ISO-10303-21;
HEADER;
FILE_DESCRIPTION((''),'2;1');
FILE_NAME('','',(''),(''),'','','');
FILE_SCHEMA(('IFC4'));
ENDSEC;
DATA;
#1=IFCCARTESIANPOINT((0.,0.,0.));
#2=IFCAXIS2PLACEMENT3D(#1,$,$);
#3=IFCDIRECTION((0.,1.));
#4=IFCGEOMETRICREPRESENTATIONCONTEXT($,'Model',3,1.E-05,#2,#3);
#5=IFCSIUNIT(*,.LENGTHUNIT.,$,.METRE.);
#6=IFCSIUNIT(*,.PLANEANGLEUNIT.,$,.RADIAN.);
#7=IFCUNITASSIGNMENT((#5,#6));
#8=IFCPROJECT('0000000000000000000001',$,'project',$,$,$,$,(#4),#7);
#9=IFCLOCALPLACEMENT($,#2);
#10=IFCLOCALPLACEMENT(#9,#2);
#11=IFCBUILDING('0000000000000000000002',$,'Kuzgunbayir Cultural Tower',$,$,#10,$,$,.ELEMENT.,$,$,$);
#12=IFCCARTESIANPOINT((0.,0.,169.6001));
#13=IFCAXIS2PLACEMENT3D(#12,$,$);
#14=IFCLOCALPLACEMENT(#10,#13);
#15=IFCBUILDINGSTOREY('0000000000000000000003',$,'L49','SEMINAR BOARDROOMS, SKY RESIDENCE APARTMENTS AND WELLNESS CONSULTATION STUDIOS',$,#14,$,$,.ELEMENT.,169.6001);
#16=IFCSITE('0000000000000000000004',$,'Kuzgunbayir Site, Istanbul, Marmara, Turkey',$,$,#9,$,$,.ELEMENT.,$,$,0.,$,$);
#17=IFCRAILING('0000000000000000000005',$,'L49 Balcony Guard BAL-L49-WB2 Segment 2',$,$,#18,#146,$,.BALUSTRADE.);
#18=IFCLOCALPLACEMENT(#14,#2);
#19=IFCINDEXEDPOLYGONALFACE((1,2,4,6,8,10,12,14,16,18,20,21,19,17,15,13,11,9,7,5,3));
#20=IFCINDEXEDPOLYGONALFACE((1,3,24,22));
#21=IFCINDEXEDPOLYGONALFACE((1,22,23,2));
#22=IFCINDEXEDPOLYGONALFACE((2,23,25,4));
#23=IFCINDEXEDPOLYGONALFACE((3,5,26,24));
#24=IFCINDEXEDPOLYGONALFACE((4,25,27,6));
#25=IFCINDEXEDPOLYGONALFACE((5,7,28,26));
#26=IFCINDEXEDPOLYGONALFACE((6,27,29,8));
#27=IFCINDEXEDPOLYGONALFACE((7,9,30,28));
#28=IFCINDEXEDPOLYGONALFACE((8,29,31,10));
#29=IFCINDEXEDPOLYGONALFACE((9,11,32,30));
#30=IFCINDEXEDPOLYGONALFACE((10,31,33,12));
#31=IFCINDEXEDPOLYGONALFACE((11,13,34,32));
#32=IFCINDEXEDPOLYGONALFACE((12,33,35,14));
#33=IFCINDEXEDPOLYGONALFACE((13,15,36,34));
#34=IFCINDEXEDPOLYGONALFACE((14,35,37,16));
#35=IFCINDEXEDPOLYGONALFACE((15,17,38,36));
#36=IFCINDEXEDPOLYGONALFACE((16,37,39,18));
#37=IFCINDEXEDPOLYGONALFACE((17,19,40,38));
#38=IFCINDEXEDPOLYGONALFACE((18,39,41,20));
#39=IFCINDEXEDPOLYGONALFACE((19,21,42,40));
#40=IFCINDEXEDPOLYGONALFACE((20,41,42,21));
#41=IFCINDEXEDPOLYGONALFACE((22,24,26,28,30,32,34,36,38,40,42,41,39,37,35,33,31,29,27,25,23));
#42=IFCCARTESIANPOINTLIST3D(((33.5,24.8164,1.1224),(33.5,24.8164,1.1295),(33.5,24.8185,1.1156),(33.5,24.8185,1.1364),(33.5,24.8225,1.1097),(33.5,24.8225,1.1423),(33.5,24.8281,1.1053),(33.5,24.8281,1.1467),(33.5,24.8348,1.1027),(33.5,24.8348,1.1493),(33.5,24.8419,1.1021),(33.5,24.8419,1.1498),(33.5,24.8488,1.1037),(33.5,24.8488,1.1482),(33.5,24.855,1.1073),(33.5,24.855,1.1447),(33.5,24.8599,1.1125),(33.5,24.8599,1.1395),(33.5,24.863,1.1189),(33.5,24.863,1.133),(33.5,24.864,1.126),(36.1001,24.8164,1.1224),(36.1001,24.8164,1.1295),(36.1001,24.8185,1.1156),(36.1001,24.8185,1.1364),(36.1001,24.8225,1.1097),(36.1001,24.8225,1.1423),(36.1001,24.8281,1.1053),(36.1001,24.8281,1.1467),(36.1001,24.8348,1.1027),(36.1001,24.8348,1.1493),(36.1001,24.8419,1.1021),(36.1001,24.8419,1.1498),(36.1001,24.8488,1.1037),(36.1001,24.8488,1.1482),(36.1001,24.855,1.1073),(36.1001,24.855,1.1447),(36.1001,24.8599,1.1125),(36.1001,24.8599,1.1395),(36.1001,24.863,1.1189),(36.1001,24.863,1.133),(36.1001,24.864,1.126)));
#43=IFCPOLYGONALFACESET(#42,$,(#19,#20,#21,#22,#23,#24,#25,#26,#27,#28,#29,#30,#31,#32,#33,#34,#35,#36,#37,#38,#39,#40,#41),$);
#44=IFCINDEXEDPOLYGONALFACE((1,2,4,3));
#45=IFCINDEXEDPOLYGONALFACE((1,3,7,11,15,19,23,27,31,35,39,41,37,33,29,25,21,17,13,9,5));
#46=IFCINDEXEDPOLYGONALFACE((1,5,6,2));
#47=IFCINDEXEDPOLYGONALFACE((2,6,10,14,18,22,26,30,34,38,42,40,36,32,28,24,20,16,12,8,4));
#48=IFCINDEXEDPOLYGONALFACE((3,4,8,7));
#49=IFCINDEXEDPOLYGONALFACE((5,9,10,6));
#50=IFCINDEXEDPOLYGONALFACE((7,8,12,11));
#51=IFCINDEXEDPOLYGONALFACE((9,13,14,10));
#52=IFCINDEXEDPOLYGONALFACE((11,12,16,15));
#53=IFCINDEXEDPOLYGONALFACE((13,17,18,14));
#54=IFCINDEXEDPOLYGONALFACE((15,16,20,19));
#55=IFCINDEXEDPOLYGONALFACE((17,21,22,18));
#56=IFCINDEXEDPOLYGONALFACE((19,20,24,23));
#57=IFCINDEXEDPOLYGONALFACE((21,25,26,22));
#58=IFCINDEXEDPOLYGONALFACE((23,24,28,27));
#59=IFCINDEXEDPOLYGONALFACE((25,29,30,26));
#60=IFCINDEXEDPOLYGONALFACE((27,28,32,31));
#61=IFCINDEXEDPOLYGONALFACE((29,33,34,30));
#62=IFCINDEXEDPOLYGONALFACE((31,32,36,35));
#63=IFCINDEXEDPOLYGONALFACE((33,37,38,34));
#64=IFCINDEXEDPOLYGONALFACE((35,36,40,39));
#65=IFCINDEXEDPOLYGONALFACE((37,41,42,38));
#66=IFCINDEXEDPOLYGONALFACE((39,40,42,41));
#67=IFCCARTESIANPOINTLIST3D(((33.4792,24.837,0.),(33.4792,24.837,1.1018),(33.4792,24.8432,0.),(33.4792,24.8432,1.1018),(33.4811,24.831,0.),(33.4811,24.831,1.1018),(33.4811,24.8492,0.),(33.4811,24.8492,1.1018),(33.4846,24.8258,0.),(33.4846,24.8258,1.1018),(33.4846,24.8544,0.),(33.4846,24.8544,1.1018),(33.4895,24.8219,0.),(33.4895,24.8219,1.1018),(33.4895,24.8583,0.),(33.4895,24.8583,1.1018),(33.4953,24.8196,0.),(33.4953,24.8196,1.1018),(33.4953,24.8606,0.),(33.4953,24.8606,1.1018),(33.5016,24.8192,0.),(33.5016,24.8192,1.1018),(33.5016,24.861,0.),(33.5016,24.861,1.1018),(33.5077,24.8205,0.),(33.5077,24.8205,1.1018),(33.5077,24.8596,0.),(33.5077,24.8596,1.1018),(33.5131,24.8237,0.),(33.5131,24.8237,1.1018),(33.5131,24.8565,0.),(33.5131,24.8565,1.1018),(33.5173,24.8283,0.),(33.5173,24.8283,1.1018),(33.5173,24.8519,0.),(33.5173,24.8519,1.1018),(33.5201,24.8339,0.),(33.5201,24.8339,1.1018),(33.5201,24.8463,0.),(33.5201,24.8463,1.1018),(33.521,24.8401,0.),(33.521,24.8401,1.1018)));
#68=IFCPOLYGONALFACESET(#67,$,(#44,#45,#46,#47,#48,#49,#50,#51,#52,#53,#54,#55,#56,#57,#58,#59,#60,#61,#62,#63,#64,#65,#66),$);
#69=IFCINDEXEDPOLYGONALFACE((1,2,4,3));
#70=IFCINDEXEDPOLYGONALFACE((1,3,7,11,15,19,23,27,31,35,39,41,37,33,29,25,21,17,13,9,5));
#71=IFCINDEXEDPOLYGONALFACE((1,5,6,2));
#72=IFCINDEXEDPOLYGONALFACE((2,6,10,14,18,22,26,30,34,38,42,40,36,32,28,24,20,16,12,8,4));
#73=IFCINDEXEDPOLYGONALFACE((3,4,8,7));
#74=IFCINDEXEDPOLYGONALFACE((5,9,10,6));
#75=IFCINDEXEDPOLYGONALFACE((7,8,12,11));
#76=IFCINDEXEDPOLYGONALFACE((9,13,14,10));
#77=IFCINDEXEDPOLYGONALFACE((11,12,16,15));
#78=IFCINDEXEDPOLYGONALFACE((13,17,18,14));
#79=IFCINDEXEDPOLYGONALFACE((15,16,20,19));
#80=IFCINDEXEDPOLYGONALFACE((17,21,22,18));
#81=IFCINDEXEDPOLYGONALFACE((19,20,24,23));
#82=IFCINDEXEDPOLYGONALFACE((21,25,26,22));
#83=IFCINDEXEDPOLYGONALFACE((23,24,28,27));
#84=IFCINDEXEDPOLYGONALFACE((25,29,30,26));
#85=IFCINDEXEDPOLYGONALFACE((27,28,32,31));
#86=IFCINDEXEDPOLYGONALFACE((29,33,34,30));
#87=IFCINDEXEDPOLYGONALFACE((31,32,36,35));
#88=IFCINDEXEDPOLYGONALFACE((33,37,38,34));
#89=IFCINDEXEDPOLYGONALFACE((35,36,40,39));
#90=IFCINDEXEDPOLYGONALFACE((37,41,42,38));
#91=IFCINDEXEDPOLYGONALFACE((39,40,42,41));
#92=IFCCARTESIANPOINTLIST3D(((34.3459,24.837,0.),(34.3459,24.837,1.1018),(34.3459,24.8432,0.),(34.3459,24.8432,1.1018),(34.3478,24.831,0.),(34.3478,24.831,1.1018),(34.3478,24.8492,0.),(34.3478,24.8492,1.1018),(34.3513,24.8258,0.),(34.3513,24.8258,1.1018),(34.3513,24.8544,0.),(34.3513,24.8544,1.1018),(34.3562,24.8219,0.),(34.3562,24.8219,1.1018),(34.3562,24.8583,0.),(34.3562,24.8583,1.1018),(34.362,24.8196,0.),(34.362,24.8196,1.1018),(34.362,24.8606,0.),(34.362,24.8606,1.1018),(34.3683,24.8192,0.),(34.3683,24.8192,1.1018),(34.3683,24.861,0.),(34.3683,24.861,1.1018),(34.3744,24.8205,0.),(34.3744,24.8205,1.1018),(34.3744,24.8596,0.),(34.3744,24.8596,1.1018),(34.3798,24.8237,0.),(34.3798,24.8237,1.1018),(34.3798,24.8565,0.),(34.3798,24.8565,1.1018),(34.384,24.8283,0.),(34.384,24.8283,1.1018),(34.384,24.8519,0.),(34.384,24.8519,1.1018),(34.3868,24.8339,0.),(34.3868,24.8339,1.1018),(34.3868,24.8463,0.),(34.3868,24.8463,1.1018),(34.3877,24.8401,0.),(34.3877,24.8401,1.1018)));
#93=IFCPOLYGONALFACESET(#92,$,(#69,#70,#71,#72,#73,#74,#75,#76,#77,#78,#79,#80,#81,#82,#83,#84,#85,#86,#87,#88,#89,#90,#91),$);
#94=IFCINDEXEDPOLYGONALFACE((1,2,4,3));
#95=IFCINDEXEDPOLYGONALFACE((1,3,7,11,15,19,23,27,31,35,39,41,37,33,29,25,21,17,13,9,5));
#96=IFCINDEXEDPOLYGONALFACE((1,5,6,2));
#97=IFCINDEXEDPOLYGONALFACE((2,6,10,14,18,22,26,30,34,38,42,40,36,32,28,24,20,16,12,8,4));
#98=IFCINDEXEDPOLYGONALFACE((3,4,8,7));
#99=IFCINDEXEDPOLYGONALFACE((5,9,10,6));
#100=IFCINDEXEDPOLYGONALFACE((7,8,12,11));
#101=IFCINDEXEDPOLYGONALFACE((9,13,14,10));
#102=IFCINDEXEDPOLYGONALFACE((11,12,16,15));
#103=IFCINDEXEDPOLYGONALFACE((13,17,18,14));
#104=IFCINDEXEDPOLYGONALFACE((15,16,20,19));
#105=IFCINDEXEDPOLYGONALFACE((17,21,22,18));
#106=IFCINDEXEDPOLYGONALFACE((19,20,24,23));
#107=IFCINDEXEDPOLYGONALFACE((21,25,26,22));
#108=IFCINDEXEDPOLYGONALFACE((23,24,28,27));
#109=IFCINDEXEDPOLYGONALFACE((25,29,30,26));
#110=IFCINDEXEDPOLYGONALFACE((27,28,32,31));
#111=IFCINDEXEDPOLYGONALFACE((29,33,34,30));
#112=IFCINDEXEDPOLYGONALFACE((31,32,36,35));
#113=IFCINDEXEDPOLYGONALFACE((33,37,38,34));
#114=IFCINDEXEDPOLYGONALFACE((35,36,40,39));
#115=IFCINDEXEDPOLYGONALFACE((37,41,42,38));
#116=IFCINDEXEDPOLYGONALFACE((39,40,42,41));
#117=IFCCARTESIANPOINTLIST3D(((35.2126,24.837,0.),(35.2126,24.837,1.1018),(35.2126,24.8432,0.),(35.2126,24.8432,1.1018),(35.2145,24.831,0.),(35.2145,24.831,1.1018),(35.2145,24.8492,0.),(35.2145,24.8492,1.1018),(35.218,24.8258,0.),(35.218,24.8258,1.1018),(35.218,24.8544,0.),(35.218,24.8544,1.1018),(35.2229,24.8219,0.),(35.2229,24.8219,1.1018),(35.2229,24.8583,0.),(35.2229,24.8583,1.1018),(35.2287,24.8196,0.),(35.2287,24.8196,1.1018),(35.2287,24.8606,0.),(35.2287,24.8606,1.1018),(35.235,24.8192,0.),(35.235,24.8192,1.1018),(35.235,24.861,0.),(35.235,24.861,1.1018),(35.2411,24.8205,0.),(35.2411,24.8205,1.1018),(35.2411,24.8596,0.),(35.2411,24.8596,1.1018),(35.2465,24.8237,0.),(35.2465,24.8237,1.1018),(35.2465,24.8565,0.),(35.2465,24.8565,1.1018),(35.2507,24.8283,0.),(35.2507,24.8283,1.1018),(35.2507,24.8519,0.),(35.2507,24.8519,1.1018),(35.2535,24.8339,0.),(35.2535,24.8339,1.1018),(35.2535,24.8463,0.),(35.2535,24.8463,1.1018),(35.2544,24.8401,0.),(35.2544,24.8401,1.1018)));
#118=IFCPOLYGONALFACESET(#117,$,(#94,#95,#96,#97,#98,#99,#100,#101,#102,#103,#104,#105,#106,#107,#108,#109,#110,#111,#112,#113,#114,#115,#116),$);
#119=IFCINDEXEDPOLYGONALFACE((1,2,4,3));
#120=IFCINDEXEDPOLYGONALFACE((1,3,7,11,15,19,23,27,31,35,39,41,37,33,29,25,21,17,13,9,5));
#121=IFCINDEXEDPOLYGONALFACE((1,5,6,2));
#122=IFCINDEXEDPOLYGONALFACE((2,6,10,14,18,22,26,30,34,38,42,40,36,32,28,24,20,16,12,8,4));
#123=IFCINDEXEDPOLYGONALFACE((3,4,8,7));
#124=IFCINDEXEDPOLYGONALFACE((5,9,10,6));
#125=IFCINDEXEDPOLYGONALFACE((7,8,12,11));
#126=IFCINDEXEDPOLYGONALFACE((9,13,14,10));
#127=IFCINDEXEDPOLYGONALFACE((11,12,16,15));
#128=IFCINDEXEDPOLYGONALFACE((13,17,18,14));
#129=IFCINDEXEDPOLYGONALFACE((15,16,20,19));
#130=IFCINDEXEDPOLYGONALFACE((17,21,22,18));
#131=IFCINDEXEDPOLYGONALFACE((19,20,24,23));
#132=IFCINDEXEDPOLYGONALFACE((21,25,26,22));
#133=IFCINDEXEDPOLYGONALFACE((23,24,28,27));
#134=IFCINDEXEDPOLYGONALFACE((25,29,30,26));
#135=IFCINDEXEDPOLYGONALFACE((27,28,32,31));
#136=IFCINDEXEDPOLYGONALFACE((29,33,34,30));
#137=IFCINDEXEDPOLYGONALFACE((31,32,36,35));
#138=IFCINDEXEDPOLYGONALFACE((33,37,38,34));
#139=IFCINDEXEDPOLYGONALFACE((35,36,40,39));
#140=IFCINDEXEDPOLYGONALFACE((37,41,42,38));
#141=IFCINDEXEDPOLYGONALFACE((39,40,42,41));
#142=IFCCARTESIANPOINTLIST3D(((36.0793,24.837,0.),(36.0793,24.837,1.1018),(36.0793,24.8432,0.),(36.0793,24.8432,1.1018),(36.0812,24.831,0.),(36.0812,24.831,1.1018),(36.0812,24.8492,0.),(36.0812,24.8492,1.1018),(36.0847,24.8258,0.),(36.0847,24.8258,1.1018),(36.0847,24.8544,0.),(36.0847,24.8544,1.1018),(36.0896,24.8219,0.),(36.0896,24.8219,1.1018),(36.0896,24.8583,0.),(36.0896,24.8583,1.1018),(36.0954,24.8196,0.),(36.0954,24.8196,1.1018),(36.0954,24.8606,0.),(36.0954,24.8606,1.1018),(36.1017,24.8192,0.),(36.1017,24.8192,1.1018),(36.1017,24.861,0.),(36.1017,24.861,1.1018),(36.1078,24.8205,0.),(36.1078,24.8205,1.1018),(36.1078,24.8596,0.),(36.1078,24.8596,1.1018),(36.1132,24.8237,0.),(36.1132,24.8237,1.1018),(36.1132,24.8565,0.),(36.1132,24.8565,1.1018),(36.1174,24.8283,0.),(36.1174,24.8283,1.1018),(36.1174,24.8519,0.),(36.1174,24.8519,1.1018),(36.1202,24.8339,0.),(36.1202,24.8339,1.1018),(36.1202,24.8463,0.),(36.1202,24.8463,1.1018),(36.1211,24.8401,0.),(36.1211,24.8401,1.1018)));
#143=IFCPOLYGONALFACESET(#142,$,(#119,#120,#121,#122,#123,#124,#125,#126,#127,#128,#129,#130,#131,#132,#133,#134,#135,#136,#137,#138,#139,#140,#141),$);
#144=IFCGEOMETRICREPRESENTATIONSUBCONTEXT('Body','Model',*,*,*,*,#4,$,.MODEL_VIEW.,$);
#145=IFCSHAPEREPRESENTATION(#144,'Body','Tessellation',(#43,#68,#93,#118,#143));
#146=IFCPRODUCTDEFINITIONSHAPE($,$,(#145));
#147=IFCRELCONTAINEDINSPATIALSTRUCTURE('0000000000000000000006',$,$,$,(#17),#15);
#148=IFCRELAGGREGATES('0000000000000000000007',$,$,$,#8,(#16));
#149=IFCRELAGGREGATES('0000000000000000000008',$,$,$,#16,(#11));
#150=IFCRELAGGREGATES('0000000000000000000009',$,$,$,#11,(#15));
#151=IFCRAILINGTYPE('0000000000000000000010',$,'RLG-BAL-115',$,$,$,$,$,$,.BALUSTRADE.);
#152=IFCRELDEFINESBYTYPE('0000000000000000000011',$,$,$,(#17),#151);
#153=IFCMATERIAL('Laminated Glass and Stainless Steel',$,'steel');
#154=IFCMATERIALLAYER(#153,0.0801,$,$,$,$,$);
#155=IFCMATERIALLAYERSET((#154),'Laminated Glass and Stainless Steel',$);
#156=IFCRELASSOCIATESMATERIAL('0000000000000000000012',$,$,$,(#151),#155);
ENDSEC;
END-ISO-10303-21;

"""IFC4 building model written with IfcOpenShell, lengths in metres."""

from ifc_helpers import new_model, si_unit, direction, frame, origin, origin_2d, place, context, subcontext, project, spatial, circle, extrude, material, layer, layer_set, type_object, element, save


model = new_model("IFC4")

# Units and contexts
model_context = context("Model", 3, precision=1e-05, world=origin(), true_north=direction((0.0, 1.0)))
body_context = subcontext(model_context, "Body", "Model", "MODEL_VIEW")
ifc_project = project(units=[si_unit("LENGTHUNIT", "METRE"), si_unit("PLANEANGLEUNIT", "RADIAN")], contexts=[model_context])

# Site, building, storey
site_placement = place(None, origin())
site = spatial("IfcSite", under=ifc_project, at=site_placement, Name="Kuzgunbayir Site, Istanbul, Marmara, Turkey", CompositionType="ELEMENT", RefElevation=0.0)
building_placement = place(site_placement, origin())
building = spatial("IfcBuilding", under=site, at=building_placement, Name="Kuzgunbayir Cultural Tower", CompositionType="ELEMENT")
storey_placement = place(building_placement, frame((0.0, 0.0, 169.6001)))
storey = spatial("IfcBuildingStorey", under=building, at=storey_placement, Name="L49", Description="SEMINAR BOARDROOMS, SKY RESIDENCE APARTMENTS AND WELLNESS CONSULTATION STUDIOS", CompositionType="ELEMENT", Elevation=169.6001)

# Railing
ifc_material_1 = material(Name="Laminated Glass and Stainless Steel", Category="steel")
ifc_layer_1 = layer(ifc_material_1, 0.0801)
ifc_layer_set_1 = layer_set([ifc_layer_1], Name="Laminated Glass and Stainless Steel")
railing_type = type_object("IfcRailingType", Name="RLG-BAL-115", PredefinedType="BALUSTRADE", material=ifc_layer_set_1)
railing_1_placement = place(storey_placement, frame((33.5, 24.8401, 0.0)))
element("IfcRailing", 1, at=railing_1_placement, inside=storey, type_object=railing_type, Name="L49 Balcony Guard BAL-L49-WB2 Segment 2", PredefinedType="BALUSTRADE", context=body_context, shape_type="SweptSolid", body=[
    extrude(circle(Radius=0.0239, at=origin_2d()), frame((0.0, 0.0, 1.126), z_axis=(1.0, 0.0, 0.0), x_axis=(0.0, 1.0, 0.0)), (0.0, 0.0, 1.0), 2.6001),
    extrude(circle(Radius=0.021, at=origin_2d()), origin(), (0.0, 0.0, 1.0), 1.1018),
    extrude(circle(Radius=0.021, at=origin_2d()), frame((0.8667, 0.0, 0.0)), (0.0, 0.0, 1.0), 1.1018),
    extrude(circle(Radius=0.021, at=origin_2d()), frame((1.7334, 0.0, 0.0)), (0.0, 0.0, 1.0), 1.1018),
    extrude(circle(Radius=0.021, at=origin_2d()), frame((2.6001, 0.0, 0.0)), (0.0, 0.0, 1.0), 1.1018),
])

save(model, "model.ifc")
